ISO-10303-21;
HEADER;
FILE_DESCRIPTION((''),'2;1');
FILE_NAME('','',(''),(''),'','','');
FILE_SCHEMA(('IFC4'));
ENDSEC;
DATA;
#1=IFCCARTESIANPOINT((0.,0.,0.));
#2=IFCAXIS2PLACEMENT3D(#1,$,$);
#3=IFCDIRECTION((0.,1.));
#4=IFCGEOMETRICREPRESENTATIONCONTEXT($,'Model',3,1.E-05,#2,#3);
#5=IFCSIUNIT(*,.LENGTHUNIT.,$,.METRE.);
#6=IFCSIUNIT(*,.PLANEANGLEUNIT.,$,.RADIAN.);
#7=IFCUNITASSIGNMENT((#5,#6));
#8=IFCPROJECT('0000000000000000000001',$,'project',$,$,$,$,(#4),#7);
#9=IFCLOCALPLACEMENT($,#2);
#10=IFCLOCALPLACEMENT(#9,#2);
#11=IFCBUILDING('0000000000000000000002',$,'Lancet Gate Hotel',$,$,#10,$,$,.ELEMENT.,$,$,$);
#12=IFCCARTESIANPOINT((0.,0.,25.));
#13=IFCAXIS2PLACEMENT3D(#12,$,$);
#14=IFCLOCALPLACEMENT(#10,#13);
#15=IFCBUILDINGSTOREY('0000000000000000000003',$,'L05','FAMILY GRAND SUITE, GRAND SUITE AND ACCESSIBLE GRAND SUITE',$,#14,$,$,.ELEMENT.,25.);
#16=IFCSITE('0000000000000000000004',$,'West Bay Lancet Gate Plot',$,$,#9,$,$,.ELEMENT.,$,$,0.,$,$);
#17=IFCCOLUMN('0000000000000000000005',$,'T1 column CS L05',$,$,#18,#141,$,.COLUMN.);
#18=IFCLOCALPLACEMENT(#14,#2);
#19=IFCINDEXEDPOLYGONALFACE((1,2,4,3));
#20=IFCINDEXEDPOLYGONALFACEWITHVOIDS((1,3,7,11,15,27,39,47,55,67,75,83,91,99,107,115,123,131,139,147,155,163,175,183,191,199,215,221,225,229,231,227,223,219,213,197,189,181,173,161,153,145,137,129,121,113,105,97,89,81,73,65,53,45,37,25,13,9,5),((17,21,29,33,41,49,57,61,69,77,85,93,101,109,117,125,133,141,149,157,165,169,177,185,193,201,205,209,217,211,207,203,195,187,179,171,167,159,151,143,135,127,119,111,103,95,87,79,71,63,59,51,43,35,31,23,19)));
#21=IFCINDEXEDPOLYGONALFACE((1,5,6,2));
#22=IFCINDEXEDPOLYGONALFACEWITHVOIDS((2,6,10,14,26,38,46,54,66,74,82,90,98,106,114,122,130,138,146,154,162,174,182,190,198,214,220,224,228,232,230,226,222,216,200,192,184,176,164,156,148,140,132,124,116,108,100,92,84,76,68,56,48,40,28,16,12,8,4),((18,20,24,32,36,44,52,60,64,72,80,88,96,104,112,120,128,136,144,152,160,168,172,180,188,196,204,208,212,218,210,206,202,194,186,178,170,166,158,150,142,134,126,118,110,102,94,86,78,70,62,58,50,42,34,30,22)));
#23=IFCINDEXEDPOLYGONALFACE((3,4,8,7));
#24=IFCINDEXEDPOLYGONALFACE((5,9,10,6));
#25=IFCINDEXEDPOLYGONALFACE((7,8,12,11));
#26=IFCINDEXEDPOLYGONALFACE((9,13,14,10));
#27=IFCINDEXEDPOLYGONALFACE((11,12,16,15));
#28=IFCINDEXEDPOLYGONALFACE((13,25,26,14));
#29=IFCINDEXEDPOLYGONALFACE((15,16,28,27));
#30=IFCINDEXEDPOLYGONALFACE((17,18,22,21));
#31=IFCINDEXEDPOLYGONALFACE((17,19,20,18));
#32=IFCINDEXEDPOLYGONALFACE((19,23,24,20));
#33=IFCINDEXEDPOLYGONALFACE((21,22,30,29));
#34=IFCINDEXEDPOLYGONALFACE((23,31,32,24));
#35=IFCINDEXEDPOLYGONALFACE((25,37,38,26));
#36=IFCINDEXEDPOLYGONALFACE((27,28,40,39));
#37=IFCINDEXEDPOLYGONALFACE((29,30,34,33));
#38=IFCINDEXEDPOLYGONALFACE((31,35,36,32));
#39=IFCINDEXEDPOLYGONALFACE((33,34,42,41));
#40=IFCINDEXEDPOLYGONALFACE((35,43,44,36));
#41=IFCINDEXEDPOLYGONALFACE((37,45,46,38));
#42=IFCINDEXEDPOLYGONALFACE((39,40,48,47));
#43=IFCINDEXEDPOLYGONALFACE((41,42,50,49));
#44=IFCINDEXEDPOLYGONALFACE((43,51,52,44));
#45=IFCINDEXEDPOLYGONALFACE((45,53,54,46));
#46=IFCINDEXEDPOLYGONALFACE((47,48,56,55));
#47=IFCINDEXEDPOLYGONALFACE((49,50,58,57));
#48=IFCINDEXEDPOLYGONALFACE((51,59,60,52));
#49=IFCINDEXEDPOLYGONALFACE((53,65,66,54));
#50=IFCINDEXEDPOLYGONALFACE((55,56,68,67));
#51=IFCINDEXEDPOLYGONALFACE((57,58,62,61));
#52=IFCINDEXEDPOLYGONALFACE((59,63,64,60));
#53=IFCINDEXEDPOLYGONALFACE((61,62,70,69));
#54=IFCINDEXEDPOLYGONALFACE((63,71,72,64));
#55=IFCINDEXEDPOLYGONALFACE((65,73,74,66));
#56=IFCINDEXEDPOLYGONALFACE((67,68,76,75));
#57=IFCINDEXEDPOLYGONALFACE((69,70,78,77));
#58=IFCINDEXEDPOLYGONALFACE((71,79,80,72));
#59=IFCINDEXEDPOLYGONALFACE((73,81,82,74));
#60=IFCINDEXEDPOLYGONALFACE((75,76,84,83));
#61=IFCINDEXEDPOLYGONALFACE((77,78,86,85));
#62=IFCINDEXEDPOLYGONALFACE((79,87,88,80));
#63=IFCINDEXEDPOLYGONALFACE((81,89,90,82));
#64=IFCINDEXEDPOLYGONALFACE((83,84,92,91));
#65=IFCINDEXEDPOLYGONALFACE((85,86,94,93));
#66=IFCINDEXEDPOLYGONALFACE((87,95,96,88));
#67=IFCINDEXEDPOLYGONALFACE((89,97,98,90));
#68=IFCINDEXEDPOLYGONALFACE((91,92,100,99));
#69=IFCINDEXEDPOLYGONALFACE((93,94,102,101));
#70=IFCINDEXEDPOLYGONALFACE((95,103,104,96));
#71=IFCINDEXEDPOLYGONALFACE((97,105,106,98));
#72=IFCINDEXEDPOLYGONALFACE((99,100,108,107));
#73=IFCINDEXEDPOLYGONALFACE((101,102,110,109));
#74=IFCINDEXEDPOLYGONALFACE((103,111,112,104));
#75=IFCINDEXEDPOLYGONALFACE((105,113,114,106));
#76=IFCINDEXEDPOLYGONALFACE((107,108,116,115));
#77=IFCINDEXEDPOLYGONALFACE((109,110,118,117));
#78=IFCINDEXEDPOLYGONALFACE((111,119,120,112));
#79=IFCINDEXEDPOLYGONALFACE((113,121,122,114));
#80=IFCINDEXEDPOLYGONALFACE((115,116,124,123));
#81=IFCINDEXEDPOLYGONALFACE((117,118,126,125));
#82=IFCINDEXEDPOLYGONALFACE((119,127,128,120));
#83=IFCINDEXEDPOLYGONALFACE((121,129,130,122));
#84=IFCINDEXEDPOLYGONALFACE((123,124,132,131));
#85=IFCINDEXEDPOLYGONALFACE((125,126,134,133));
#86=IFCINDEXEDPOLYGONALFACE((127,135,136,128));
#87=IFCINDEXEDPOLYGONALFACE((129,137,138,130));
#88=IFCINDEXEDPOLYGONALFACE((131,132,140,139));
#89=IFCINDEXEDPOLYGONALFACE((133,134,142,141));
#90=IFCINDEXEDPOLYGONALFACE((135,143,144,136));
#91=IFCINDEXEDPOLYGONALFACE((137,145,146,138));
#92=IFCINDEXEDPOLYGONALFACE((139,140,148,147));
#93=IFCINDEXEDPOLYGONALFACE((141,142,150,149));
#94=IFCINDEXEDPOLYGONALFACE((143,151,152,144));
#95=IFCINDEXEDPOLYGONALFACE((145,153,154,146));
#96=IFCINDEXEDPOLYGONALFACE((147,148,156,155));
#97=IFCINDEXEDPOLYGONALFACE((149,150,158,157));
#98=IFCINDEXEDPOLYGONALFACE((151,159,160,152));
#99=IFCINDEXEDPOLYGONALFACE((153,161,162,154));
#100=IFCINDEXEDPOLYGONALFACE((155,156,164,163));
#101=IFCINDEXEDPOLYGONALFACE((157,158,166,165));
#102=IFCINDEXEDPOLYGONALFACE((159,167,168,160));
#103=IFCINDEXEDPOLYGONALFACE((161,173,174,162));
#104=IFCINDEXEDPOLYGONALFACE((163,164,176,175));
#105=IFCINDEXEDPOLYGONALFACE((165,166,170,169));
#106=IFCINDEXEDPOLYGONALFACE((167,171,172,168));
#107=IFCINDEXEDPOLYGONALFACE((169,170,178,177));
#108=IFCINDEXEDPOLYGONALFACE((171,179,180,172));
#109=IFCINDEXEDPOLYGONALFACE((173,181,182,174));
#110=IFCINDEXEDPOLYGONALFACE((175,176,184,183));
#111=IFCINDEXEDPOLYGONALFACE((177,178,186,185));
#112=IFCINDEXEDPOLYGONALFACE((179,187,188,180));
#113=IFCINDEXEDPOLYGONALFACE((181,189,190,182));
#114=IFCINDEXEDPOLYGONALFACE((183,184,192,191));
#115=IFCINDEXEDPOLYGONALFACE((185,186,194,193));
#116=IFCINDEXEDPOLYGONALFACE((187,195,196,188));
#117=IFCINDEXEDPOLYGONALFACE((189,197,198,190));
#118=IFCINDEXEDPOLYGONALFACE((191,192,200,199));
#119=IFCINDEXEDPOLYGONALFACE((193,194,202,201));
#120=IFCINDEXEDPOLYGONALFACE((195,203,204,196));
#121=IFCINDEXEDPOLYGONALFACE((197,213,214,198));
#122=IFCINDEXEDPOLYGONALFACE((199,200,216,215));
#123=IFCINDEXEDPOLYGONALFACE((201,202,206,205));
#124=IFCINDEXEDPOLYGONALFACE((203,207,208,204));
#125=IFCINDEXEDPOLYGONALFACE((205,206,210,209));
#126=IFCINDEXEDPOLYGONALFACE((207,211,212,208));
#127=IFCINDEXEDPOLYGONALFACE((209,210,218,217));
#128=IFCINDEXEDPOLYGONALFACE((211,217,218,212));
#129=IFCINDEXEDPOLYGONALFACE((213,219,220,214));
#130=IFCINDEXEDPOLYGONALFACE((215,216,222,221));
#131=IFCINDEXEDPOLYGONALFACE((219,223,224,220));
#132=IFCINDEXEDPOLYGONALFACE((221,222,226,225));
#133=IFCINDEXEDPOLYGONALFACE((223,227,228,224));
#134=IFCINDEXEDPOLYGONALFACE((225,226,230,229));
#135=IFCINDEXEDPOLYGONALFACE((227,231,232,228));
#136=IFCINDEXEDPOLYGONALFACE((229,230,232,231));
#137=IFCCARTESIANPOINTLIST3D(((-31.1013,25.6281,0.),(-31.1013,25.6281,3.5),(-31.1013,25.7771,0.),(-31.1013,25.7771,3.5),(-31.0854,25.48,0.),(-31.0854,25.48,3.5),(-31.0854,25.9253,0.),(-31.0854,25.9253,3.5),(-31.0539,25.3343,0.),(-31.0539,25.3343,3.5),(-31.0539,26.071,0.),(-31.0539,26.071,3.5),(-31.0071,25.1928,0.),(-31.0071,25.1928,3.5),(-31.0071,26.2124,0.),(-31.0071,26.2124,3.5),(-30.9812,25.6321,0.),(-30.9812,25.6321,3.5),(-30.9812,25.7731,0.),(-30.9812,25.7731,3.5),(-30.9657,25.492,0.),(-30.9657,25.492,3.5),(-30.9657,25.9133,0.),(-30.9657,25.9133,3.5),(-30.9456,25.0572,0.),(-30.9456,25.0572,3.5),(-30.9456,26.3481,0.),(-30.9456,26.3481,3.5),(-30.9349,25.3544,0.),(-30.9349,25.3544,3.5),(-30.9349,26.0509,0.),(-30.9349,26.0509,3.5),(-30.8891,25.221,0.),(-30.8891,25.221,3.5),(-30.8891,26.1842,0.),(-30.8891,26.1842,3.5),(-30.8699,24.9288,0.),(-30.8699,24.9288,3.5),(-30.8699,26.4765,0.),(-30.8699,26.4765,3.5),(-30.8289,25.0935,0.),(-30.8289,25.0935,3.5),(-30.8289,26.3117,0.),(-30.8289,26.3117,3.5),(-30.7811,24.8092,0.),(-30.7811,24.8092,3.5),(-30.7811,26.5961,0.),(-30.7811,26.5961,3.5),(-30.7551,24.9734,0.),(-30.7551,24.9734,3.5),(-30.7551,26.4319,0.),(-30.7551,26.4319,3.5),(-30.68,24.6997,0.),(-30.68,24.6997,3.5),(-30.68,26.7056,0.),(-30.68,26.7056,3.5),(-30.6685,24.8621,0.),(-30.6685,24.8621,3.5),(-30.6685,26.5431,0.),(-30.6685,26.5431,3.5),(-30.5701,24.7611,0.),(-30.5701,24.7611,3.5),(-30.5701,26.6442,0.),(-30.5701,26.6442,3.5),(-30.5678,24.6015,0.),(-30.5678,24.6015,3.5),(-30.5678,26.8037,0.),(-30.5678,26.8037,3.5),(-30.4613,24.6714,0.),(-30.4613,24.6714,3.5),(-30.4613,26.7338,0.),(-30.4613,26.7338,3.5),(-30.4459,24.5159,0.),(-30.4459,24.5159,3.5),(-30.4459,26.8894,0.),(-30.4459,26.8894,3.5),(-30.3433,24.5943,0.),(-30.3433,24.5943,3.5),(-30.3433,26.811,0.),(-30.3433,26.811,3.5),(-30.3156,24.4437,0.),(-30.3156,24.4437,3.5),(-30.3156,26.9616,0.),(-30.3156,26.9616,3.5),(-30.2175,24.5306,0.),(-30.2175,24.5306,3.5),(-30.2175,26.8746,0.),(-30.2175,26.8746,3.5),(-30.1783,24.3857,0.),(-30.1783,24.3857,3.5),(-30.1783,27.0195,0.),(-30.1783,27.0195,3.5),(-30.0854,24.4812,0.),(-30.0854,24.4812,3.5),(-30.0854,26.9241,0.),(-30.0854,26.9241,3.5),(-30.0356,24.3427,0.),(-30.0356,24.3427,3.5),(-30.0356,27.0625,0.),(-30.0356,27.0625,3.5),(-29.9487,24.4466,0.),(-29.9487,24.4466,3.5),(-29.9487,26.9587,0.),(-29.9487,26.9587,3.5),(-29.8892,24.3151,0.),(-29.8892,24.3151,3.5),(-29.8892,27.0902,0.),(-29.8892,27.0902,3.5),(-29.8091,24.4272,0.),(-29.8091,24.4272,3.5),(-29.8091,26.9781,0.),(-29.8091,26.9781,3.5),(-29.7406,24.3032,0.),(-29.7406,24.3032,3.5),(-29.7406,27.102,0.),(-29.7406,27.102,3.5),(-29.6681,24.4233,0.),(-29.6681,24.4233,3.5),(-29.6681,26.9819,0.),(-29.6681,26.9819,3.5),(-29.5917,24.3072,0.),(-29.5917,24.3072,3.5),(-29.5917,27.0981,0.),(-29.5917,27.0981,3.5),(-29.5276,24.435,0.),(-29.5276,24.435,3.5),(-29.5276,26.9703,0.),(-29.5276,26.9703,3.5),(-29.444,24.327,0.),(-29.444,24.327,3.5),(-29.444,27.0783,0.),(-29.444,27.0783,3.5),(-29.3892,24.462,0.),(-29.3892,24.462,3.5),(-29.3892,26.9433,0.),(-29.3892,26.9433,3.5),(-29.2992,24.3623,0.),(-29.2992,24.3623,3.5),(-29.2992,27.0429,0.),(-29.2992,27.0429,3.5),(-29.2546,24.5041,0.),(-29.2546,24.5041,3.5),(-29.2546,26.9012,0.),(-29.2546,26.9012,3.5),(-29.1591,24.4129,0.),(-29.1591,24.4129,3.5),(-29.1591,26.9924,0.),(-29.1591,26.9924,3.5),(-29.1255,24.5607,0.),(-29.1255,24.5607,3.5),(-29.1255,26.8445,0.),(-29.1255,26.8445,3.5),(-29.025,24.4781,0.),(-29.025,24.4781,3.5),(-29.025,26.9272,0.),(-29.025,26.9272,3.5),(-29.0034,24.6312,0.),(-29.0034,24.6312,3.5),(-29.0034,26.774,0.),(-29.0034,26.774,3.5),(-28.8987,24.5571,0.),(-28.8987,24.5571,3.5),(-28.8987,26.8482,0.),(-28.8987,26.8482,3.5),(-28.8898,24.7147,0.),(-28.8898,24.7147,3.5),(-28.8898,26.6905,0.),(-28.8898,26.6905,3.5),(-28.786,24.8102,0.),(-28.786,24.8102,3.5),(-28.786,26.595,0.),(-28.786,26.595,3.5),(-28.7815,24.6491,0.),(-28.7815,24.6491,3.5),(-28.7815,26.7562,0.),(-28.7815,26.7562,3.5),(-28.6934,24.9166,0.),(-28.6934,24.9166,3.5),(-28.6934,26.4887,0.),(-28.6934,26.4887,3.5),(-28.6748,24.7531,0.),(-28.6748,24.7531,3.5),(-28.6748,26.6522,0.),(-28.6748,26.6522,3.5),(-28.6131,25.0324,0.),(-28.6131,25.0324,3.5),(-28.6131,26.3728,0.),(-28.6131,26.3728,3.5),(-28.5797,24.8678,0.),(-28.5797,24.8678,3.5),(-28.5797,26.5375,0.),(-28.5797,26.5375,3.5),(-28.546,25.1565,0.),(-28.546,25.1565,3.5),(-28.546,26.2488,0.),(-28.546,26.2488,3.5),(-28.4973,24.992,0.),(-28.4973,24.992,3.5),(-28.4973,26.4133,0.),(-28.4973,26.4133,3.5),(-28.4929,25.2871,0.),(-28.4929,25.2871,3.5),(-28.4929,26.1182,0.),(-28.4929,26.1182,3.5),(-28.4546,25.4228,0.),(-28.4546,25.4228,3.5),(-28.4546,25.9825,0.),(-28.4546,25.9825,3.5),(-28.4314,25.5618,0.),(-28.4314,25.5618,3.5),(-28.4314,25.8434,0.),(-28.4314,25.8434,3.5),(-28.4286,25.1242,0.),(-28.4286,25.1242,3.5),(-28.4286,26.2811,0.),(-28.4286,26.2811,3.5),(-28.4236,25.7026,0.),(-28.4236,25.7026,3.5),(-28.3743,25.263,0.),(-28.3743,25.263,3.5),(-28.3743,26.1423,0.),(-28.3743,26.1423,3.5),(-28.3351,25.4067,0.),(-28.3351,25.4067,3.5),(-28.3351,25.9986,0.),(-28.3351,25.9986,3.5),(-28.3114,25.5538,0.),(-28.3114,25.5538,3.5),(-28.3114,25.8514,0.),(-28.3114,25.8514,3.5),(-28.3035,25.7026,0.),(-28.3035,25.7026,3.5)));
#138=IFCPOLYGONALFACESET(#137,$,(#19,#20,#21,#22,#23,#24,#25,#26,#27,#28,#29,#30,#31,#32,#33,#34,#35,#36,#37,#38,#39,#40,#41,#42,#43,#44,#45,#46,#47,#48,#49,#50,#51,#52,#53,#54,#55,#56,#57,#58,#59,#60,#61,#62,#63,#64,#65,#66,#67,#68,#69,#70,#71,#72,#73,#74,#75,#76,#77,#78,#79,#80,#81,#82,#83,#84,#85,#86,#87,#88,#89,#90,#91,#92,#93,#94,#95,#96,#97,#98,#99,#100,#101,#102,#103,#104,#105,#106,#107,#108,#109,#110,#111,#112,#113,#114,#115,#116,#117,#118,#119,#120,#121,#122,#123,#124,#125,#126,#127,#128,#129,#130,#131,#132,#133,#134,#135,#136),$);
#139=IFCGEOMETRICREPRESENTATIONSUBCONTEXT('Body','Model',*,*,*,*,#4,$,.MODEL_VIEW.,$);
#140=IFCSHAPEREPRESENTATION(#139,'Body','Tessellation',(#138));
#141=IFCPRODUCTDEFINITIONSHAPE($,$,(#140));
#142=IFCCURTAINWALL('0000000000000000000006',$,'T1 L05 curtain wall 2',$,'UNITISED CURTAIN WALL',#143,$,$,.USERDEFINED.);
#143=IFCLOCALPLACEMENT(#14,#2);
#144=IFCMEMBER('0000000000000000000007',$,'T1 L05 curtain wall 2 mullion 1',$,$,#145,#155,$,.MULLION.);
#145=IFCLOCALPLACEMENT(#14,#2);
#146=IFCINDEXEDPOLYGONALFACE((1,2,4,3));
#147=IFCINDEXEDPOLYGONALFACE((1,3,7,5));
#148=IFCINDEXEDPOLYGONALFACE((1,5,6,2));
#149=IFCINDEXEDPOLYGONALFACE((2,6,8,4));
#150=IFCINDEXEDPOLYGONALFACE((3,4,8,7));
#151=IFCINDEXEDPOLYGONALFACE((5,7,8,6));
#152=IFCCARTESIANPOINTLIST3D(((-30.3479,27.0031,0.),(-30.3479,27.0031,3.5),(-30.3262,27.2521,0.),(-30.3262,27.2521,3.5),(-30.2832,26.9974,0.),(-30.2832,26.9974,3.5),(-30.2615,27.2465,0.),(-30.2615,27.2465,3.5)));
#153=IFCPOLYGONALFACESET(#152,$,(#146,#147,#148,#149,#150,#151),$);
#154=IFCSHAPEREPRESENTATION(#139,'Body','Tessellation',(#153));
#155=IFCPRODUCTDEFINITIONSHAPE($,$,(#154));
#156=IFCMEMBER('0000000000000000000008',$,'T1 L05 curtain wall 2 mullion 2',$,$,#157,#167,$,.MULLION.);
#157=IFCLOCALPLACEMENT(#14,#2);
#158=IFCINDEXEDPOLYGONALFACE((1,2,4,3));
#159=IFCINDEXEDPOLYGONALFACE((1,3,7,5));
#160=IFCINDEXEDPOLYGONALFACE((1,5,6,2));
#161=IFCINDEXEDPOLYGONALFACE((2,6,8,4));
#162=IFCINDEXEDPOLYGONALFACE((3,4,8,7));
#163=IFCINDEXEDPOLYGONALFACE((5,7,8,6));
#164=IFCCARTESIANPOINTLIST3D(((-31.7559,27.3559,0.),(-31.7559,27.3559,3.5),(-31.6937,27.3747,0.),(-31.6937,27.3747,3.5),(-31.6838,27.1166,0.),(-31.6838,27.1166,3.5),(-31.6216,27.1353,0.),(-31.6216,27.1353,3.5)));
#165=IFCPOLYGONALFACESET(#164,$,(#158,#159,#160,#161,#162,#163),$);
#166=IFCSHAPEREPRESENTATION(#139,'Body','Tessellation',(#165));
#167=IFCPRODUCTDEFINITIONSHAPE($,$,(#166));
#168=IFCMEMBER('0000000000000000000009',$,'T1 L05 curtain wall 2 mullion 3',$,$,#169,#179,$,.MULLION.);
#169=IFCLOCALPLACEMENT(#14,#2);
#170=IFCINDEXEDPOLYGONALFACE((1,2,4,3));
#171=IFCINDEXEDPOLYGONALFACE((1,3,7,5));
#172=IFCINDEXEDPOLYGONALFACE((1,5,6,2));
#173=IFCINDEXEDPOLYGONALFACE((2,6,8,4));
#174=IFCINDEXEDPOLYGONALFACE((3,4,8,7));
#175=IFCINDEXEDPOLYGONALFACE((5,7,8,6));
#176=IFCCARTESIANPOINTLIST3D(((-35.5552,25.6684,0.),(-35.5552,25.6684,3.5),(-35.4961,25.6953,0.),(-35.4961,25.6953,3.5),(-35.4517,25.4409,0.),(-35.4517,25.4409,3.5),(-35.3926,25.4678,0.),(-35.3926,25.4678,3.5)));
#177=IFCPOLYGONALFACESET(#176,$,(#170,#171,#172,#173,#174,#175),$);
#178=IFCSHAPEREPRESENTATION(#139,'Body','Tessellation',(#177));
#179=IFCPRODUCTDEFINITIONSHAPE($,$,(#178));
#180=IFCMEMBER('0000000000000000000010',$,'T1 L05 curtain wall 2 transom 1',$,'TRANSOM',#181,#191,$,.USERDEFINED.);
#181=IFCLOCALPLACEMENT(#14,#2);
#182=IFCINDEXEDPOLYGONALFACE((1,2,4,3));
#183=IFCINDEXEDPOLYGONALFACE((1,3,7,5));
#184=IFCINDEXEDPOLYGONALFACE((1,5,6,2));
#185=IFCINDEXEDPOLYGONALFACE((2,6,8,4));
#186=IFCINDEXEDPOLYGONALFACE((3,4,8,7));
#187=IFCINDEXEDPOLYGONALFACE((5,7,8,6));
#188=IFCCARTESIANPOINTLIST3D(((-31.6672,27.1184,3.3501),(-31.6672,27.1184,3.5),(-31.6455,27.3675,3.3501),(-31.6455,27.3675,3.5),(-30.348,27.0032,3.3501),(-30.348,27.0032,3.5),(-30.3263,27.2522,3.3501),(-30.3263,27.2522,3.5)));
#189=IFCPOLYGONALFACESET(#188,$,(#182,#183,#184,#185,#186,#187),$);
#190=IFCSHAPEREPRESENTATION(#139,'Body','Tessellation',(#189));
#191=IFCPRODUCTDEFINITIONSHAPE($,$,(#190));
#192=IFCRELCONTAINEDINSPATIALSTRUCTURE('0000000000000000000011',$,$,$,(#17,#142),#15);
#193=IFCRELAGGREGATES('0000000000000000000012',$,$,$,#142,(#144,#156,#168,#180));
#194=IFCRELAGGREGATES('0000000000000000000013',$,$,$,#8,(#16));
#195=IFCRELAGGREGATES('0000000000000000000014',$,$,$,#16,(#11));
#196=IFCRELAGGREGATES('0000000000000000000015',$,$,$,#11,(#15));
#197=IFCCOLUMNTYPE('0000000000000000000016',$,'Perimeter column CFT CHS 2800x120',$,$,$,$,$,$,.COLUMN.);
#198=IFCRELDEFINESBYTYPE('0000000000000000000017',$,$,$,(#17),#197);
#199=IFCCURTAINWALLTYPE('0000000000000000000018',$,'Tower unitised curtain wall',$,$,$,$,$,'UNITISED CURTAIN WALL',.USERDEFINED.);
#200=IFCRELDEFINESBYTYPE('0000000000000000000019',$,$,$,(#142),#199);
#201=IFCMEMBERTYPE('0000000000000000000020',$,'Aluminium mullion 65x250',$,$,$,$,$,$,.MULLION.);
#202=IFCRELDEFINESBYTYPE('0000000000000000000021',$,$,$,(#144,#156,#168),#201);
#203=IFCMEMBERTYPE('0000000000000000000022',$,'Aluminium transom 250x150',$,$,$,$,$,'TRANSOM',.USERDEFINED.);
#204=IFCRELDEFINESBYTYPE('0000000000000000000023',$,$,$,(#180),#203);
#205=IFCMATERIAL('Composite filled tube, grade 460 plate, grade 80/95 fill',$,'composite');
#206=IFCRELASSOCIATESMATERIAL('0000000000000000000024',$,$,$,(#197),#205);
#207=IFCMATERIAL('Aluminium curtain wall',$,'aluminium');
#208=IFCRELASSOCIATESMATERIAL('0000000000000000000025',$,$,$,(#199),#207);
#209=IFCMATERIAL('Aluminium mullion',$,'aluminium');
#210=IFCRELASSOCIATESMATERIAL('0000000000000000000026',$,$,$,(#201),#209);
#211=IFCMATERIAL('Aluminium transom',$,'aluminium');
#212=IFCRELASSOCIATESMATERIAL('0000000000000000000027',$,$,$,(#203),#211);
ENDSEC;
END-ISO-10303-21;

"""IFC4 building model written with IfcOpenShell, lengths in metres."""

from ifc_helpers import new_model, si_unit, direction, frame, origin, origin_2d, place, context, subcontext, project, spatial, rectangle, hollow_circle, extrude, material, material_profile, profile_set, type_object, element, aggregate, save


model = new_model("IFC4")

# Units and contexts
model_context = context("Model", 3, precision=1e-05, world=origin(), true_north=direction((0.0, 1.0)))
body_context = subcontext(model_context, "Body", "Model", "MODEL_VIEW")
ifc_project = project(units=[si_unit("LENGTHUNIT", "METRE"), si_unit("PLANEANGLEUNIT", "RADIAN")], contexts=[model_context])

# Site, building, storey
site_placement = place(None, origin())
site = spatial("IfcSite", under=ifc_project, at=site_placement, Name="West Bay Lancet Gate Plot", CompositionType="ELEMENT", RefElevation=0.0)
building_placement = place(site_placement, origin())
building = spatial("IfcBuilding", under=site, at=building_placement, Name="Lancet Gate Hotel", CompositionType="ELEMENT")
storey_placement = place(building_placement, frame((0.0, 0.0, 25.0)))
storey = spatial("IfcBuildingStorey", under=building, at=storey_placement, Name="L05", Description="FAMILY GRAND SUITE, GRAND SUITE AND ACCESSIBLE GRAND SUITE", CompositionType="ELEMENT", Elevation=25.0)

# Column
ifc_material_1 = material(Name="Composite filled tube, grade 460 plate, grade 80/95 fill", Category="composite")
ifc_material_profile_1 = material_profile(ifc_material_1, hollow_circle(Radius=1.3999, WallThickness=0.1201, at=origin_2d()), Name="CHS 2800x120")
ifc_profile_set_1 = profile_set([ifc_material_profile_1], Name="Composite filled tube, grade 460 plate, grade 80/95 fill")
column_type = type_object("IfcColumnType", Name="Perimeter column CFT CHS 2800x120", PredefinedType="COLUMN", material=ifc_profile_set_1)
column_placement = place(storey_placement, frame((-29.7034, 25.7026, 0.0), z_axis=(0.0, 0.0, 1.0), x_axis=(1.0, 0.0, 0.0)))
element("IfcColumn", 1, at=column_placement, inside=storey, type_object=column_type, Name="T1 column CS L05", PredefinedType="COLUMN", context=body_context, shape_type="SweptSolid", body=[
    extrude(hollow_circle(Radius=1.3999, WallThickness=0.1201, at=origin_2d()), origin(), (0.0, 0.0, 1.0), 3.5),
])

# Curtain wall, members
ifc_material_2 = material(Name="Aluminium curtain wall", Category="aluminium")
curtain_wall_type = type_object("IfcCurtainWallType", Name="Tower unitised curtain wall", ElementType="UNITISED CURTAIN WALL", PredefinedType="USERDEFINED", material=ifc_material_2)
curtain_wall_placement = place(storey_placement, origin())
curtain_wall = element("IfcCurtainWall", 2, at=curtain_wall_placement, inside=storey, type_object=curtain_wall_type, Name="T1 L05 curtain wall 2", ObjectType="UNITISED CURTAIN WALL", PredefinedType="USERDEFINED")
ifc_material_3 = material(Name="Aluminium mullion", Category="aluminium")
ifc_material_profile_2 = material_profile(ifc_material_3, rectangle(XDim=0.0649, YDim=0.25, at=origin_2d()), Name="MULLION 65x250")
ifc_profile_set_2 = profile_set([ifc_material_profile_2], Name="Aluminium mullion")
member_type_1 = type_object("IfcMemberType", Name="Aluminium mullion 65x250", PredefinedType="MULLION", material=ifc_profile_set_2)
member_1_placement = place(storey_placement, frame((-30.3047, 27.1248, 0.0), z_axis=(0.0, 0.0, 1.0), x_axis=(-0.996204, 0.087052, 0.0)))
member_1 = element("IfcMember", 3, at=member_1_placement, type_object=member_type_1, Name="T1 L05 curtain wall 2 mullion 1", PredefinedType="MULLION", context=body_context, shape_type="SweptSolid", body=[
    extrude(rectangle(XDim=0.0649, YDim=0.25, at=origin_2d()), origin(), (0.0, 0.0, 1.0), 3.5),
])
member_2_placement = place(storey_placement, frame((-31.6887, 27.2456, 0.0), z_axis=(0.0, 0.0, 1.0), x_axis=(-0.957524, -0.288352, 0.0)))
member_2 = element("IfcMember", 4, at=member_2_placement, type_object=member_type_1, Name="T1 L05 curtain wall 2 mullion 2", PredefinedType="MULLION", context=body_context, shape_type="SweptSolid", body=[
    extrude(rectangle(XDim=0.0649, YDim=0.25, at=origin_2d()), origin(), (0.0, 0.0, 1.0), 3.5),
])
member_3_placement = place(storey_placement, frame((-35.4739, 25.5681, 0.0), z_axis=(0.0, 0.0, 1.0), x_axis=(-0.91022, -0.414126, 0.0)))
member_3 = element("IfcMember", 5, at=member_3_placement, type_object=member_type_1, Name="T1 L05 curtain wall 2 mullion 3", PredefinedType="MULLION", context=body_context, shape_type="SweptSolid", body=[
    extrude(rectangle(XDim=0.0649, YDim=0.25, at=origin_2d()), origin(), (0.0, 0.0, 1.0), 3.5),
])
ifc_material_4 = material(Name="Aluminium transom", Category="aluminium")
ifc_material_profile_3 = material_profile(ifc_material_4, rectangle(XDim=0.25, YDim=0.1499, at=origin_2d()), Name="TRANSOM 250x150")
ifc_profile_set_3 = profile_set([ifc_material_profile_3], Name="Aluminium transom")
member_type_2 = type_object("IfcMemberType", Name="Aluminium transom 250x150", ElementType="TRANSOM", PredefinedType="USERDEFINED", material=ifc_profile_set_3)
member_4_placement = place(storey_placement, frame((-30.3372, 27.1277, 3.425), z_axis=(-0.996206, 0.087027, 0.0), x_axis=(-0.087027, -0.996206, 0.0)))
member_4 = element("IfcMember", 6, at=member_4_placement, type_object=member_type_2, Name="T1 L05 curtain wall 2 transom 1", ObjectType="TRANSOM", PredefinedType="USERDEFINED", context=body_context, shape_type="SweptSolid", body=[
    extrude(rectangle(XDim=0.25, YDim=0.1499, at=origin_2d()), origin(), (0.0, 0.0, 1.0), 1.3242),
])

aggregate(curtain_wall, [member_1, member_2, member_3, member_4])

save(model, "model.ifc")
